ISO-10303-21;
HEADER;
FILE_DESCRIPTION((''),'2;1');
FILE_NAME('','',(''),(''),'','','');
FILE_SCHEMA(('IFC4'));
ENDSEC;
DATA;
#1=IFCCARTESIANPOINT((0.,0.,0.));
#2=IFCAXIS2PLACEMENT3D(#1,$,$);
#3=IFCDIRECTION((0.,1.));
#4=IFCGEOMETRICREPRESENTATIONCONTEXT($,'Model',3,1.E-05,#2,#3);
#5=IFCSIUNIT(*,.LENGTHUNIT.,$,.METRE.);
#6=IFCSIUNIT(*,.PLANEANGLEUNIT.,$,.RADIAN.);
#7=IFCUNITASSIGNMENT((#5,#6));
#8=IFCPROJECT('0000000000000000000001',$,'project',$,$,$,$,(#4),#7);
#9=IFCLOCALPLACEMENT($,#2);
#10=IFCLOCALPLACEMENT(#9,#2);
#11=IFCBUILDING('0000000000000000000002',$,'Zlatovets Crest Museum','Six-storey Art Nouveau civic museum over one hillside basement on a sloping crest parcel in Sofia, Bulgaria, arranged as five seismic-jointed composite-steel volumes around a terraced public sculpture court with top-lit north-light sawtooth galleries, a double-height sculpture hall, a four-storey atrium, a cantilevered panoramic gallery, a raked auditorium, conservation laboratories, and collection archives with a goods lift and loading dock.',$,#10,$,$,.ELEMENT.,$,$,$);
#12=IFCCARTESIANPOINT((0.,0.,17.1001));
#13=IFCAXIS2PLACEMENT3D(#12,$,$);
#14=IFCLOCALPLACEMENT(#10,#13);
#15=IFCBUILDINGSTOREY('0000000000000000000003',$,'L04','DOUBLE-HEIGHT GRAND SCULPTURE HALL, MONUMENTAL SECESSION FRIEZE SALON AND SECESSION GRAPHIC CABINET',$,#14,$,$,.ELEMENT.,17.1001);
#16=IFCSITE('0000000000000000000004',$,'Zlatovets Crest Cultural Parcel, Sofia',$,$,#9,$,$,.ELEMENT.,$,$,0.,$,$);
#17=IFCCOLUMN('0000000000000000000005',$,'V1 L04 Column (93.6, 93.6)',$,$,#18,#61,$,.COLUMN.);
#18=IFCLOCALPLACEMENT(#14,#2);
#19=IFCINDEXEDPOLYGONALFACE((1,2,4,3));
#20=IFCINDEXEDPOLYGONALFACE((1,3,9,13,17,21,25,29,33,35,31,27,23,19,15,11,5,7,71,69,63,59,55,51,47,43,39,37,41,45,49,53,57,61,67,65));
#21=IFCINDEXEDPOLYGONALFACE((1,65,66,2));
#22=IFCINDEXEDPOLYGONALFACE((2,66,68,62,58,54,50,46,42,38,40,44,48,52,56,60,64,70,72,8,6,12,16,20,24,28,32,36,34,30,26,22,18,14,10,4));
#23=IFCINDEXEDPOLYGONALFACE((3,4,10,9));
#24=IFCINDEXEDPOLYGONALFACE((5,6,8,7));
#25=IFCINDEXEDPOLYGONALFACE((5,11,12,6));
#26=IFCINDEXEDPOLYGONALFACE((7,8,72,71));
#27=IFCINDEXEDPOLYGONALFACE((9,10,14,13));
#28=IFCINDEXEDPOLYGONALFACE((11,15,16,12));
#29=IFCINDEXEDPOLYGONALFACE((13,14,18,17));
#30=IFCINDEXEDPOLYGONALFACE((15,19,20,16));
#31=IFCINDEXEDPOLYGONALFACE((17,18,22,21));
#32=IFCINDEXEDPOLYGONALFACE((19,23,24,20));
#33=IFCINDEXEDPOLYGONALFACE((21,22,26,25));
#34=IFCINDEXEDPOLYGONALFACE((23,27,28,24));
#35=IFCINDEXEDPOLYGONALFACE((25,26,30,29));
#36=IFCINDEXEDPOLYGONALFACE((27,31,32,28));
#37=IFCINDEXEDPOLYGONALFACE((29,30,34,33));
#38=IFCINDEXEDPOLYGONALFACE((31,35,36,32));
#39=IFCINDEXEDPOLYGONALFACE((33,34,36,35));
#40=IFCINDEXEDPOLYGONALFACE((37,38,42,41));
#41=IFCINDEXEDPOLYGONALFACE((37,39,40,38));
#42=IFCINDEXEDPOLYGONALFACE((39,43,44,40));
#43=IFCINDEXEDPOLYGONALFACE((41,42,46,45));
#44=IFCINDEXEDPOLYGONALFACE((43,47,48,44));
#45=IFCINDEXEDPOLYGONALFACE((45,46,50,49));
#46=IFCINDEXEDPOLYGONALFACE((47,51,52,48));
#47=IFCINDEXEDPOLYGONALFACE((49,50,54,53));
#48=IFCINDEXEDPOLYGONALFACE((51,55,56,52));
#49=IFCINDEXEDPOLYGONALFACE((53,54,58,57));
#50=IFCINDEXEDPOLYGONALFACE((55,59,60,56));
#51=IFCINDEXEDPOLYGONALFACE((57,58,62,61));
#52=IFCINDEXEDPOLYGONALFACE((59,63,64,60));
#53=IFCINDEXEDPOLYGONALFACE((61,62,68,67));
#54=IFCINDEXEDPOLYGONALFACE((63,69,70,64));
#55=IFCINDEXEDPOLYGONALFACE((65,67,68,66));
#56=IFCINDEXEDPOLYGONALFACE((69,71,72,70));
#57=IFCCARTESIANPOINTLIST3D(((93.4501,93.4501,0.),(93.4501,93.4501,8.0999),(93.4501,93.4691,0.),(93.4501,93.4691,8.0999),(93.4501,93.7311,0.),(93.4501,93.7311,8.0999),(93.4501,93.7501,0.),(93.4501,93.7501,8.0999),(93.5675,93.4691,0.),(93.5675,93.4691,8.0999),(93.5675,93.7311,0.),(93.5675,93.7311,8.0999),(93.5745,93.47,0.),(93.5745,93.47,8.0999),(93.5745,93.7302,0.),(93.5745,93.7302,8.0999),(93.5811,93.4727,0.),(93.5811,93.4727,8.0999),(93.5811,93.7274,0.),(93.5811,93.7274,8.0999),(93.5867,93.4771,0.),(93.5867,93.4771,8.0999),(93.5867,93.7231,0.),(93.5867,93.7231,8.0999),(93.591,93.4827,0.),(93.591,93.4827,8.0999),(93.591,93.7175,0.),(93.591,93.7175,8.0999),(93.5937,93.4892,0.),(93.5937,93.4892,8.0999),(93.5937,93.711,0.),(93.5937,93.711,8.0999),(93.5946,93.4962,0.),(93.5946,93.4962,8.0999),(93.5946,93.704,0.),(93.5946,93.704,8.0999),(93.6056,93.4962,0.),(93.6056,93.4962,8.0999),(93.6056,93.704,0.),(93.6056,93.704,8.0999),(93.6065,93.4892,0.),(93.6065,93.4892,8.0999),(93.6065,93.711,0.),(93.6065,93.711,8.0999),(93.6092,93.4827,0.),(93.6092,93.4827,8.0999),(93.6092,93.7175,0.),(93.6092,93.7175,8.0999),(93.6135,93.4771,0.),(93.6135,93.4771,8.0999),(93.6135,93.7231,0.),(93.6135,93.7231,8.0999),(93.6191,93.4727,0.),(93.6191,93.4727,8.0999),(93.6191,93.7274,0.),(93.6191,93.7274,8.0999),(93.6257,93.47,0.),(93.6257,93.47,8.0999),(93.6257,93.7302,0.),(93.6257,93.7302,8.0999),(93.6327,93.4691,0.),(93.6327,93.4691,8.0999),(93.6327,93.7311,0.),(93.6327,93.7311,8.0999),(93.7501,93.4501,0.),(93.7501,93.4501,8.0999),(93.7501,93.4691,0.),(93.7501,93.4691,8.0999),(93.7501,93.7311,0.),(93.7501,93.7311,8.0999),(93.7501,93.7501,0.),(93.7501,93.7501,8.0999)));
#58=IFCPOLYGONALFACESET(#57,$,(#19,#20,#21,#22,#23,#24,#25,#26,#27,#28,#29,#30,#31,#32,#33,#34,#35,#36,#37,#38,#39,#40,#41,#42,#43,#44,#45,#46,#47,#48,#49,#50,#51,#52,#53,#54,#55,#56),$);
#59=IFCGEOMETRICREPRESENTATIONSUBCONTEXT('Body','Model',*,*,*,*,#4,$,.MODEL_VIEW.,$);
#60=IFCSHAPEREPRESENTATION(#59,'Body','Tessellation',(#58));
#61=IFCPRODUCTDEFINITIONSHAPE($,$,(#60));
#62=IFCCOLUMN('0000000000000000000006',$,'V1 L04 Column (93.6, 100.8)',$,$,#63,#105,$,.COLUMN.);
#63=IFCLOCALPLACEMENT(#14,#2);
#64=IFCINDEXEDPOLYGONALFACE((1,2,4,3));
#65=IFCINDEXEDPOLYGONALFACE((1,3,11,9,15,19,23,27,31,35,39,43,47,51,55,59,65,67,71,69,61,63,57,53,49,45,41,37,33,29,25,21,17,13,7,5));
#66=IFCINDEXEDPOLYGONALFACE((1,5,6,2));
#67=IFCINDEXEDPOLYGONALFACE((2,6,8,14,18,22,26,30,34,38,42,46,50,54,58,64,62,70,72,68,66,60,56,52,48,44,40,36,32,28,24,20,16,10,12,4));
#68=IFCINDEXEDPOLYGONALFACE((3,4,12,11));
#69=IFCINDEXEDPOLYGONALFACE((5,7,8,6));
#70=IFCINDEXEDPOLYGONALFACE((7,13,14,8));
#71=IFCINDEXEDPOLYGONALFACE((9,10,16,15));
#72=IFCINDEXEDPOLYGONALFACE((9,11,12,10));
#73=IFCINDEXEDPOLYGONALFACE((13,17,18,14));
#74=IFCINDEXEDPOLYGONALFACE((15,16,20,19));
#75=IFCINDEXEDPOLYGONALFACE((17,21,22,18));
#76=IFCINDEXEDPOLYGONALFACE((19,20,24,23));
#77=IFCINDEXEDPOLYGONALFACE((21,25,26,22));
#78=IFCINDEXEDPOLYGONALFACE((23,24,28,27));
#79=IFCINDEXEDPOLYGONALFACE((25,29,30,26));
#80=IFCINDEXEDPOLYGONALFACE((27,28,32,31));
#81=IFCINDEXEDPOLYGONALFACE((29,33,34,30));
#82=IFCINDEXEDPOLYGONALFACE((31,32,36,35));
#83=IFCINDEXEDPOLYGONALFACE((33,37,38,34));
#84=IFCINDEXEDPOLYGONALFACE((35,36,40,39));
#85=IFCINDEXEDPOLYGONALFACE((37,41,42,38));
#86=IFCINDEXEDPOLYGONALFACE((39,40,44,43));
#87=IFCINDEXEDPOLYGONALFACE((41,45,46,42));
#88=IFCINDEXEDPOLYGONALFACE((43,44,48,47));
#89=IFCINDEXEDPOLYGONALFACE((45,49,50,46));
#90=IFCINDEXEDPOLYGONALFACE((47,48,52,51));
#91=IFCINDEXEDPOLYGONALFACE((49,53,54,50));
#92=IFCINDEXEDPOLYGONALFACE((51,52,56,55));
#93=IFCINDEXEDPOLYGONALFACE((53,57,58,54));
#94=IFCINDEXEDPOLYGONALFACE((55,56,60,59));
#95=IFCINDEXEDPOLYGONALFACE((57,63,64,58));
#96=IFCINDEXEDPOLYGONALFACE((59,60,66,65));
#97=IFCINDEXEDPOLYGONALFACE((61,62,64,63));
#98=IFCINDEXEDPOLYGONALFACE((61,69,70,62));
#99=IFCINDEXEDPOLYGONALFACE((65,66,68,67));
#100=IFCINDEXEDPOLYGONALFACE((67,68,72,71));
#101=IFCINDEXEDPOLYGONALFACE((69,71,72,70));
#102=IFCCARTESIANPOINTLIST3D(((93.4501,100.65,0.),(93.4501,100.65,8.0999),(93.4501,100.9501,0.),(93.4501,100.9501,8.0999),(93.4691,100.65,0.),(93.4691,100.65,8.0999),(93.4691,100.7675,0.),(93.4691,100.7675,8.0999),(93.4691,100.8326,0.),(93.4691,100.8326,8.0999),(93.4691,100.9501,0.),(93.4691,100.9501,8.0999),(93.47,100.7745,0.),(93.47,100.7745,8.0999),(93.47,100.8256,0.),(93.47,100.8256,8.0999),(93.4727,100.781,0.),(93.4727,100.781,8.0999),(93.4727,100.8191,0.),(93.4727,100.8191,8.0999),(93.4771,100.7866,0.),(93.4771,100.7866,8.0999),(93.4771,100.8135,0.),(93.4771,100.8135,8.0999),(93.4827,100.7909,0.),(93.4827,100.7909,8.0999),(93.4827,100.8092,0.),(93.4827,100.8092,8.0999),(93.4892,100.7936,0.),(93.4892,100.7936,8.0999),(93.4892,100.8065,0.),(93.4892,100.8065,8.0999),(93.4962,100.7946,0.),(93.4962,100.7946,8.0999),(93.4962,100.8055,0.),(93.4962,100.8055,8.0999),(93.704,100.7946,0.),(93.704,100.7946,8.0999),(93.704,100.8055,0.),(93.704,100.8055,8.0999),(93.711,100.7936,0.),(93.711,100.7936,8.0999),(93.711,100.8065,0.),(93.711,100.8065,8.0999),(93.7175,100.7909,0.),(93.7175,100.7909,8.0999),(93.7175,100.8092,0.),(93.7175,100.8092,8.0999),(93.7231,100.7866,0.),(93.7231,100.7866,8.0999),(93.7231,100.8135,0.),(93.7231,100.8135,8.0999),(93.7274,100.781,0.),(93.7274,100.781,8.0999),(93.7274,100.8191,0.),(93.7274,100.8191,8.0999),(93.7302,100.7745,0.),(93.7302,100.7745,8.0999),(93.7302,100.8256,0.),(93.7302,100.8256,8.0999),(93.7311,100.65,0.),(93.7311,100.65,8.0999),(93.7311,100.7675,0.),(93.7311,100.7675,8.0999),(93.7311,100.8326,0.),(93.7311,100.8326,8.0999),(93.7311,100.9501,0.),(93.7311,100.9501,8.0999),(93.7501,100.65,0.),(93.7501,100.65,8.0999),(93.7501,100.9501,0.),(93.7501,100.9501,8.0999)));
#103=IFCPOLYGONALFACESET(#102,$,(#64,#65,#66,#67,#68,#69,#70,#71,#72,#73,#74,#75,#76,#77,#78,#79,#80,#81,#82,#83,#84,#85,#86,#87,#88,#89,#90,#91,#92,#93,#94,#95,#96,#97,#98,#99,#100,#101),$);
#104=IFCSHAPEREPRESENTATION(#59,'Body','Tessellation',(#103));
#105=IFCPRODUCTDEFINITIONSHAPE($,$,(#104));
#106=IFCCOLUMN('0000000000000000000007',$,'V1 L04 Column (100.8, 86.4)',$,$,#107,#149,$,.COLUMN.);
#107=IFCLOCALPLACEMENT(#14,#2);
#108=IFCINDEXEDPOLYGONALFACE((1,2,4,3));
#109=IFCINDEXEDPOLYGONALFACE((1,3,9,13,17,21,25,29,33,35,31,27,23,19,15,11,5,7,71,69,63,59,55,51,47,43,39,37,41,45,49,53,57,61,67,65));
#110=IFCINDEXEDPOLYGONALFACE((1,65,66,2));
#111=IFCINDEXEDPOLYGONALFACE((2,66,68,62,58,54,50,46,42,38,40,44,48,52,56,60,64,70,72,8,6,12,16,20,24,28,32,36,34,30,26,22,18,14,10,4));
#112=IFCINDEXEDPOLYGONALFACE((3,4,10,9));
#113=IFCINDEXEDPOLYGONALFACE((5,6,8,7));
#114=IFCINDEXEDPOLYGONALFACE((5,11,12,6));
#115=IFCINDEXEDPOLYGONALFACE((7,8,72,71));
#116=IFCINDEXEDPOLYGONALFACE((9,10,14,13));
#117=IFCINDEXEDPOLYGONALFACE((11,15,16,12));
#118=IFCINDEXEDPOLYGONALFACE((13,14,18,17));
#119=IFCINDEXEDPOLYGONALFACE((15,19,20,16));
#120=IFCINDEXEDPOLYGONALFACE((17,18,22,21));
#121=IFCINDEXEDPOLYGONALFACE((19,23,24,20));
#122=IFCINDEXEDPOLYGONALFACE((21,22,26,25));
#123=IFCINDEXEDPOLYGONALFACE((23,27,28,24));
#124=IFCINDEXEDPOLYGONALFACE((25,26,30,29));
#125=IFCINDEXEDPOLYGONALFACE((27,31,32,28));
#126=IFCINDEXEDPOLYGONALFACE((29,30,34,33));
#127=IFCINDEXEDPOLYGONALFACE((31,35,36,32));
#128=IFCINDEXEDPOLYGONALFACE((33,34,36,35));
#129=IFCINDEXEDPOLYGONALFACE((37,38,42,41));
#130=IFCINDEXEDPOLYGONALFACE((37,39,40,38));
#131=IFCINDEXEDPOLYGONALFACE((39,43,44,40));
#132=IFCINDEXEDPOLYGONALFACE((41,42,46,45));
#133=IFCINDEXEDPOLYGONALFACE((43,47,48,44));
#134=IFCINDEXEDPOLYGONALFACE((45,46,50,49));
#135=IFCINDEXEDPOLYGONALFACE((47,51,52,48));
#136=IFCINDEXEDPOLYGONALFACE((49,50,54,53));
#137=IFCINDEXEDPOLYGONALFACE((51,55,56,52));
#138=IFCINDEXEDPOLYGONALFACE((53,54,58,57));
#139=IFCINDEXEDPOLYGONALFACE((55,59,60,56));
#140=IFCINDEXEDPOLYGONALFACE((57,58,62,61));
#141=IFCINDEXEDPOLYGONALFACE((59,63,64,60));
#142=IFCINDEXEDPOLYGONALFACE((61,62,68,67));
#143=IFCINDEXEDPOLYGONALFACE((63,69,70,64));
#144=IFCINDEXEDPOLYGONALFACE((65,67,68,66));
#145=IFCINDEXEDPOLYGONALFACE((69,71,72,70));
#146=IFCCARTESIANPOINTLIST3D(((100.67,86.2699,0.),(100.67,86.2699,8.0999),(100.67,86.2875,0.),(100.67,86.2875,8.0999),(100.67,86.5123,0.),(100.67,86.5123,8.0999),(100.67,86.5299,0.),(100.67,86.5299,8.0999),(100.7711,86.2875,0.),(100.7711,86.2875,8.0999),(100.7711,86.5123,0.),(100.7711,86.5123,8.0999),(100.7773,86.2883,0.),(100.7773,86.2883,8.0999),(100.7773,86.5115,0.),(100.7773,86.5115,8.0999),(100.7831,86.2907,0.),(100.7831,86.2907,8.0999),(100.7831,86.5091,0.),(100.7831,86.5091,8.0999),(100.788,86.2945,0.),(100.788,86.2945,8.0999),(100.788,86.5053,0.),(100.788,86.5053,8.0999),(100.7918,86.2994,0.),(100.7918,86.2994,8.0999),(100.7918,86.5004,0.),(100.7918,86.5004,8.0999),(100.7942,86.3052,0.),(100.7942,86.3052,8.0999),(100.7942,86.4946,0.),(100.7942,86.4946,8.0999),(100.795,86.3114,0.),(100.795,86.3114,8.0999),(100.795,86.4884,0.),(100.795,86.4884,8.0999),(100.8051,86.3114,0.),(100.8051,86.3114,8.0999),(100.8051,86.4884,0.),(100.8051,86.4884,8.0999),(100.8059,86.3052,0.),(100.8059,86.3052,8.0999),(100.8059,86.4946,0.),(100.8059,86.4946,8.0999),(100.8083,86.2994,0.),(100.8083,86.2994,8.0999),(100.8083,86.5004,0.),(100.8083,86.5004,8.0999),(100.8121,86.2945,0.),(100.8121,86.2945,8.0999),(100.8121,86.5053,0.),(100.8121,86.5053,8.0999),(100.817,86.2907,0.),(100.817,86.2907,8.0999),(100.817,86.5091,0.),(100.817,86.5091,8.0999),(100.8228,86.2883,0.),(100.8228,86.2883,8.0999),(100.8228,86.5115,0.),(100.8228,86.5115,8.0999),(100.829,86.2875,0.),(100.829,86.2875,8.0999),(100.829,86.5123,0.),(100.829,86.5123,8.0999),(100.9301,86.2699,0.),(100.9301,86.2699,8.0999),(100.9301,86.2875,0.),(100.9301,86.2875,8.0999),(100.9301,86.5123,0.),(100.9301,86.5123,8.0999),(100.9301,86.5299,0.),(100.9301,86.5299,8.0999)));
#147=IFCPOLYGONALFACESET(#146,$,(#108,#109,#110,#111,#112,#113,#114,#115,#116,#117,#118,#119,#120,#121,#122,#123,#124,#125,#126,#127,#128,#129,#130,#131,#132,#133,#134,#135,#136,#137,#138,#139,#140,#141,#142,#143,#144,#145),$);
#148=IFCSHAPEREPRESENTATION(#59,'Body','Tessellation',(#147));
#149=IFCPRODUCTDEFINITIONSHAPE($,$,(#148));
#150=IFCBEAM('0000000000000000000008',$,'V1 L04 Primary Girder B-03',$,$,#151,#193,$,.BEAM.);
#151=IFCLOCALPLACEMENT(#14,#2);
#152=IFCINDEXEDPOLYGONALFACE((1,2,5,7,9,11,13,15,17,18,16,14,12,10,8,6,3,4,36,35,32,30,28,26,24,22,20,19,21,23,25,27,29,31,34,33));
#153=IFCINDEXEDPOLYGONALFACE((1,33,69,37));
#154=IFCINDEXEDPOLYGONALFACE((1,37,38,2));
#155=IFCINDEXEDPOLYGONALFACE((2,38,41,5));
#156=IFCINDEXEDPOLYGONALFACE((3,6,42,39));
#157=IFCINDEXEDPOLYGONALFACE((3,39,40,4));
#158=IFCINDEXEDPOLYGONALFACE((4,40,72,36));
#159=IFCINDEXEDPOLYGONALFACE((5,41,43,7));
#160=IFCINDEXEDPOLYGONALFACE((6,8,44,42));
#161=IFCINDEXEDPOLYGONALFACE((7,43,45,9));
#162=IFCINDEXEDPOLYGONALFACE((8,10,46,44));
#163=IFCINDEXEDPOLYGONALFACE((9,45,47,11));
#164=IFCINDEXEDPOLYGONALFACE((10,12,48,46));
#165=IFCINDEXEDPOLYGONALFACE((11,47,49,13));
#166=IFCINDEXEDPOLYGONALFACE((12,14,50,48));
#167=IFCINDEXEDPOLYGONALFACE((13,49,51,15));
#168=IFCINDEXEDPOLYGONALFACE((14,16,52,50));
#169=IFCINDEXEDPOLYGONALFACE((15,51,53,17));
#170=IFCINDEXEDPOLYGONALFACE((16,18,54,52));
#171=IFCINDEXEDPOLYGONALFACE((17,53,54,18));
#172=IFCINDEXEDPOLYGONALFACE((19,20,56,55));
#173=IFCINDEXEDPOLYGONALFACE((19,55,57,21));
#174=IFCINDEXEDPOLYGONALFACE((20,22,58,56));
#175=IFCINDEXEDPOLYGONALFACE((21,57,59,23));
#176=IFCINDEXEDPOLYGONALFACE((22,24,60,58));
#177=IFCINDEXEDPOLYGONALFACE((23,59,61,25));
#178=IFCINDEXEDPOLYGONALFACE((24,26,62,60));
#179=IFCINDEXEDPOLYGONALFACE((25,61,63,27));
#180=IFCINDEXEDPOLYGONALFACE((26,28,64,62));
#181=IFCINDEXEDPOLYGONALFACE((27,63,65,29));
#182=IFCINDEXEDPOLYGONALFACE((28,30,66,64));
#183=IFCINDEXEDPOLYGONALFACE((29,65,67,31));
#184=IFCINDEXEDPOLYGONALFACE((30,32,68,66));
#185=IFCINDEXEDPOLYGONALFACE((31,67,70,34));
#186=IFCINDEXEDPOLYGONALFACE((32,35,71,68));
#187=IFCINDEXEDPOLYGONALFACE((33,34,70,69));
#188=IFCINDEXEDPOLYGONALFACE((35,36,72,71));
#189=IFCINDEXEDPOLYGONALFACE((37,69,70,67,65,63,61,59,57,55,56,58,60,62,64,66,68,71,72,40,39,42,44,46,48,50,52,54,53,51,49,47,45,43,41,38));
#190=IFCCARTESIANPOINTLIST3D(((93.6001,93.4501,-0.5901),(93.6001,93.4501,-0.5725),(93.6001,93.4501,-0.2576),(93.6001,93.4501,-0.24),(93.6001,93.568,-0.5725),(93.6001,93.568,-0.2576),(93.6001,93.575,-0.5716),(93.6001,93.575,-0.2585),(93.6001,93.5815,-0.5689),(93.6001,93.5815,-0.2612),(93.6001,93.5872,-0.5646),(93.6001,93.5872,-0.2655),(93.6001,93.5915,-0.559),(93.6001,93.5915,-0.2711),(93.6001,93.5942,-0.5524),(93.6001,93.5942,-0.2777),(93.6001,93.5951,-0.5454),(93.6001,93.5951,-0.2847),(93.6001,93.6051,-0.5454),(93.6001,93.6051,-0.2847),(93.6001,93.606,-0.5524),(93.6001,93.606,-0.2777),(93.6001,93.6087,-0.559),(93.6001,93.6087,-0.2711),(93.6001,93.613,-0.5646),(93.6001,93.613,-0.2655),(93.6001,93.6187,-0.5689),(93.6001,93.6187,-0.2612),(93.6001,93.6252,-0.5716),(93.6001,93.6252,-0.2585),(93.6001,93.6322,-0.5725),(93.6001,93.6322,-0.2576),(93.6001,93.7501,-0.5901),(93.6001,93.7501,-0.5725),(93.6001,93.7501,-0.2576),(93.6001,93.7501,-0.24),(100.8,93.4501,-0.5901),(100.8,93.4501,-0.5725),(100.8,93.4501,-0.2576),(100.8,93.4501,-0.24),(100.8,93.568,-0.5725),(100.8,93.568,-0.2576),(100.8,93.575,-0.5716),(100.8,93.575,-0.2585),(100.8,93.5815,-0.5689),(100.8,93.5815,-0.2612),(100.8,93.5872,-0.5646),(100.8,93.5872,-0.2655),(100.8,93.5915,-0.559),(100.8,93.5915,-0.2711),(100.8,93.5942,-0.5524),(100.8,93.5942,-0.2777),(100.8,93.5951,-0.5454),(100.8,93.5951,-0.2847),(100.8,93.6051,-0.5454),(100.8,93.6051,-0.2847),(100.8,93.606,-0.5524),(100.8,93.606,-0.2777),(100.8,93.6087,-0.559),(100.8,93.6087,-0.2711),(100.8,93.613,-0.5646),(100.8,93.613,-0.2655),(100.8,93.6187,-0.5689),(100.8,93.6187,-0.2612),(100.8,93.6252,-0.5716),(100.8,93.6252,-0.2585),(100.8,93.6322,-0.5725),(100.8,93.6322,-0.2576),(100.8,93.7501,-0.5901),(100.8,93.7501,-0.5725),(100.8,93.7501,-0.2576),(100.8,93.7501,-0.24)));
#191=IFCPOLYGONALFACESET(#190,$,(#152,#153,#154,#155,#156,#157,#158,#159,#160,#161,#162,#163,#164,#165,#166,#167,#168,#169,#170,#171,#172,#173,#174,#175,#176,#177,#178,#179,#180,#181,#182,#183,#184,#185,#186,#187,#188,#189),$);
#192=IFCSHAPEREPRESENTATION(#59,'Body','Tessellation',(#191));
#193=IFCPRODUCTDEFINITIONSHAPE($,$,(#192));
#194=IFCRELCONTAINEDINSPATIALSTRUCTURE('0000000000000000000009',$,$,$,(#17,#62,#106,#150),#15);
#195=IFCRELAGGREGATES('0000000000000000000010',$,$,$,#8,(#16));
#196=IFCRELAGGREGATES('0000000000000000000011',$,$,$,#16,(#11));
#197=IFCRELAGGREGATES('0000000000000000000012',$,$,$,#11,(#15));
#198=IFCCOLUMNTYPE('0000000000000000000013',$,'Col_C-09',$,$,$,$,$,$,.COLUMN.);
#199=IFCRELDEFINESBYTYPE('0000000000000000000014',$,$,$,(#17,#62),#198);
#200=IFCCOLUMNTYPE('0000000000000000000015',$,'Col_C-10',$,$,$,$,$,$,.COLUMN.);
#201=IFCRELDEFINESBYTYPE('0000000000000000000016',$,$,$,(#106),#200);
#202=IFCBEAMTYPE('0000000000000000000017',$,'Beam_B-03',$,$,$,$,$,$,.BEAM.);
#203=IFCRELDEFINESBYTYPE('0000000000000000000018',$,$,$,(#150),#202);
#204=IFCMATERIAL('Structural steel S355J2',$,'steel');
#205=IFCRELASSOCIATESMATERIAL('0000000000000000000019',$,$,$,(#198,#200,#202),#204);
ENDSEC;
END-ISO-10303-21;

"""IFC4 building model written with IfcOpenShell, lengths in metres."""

from ifc_helpers import new_model, si_unit, direction, frame, origin, origin_2d, place, context, subcontext, project, spatial, i_section, extrude, material, material_profile, profile_set, type_object, element, save


model = new_model("IFC4")

# Units and contexts
model_context = context("Model", 3, precision=1e-05, world=origin(), true_north=direction((0.0, 1.0)))
body_context = subcontext(model_context, "Body", "Model", "MODEL_VIEW")
ifc_project = project(units=[si_unit("LENGTHUNIT", "METRE"), si_unit("PLANEANGLEUNIT", "RADIAN")], contexts=[model_context])

# Site, building, storey
site_placement = place(None, origin())
site = spatial("IfcSite", under=ifc_project, at=site_placement, Name="Zlatovets Crest Cultural Parcel, Sofia", CompositionType="ELEMENT", RefElevation=0.0)
building_placement = place(site_placement, origin())
building = spatial("IfcBuilding", under=site, at=building_placement, Name="Zlatovets Crest Museum", Description="Six-storey Art Nouveau civic museum over one hillside basement on a sloping crest parcel in Sofia, Bulgaria, arranged as five seismic-jointed composite-steel volumes around a terraced public sculpture court with top-lit north-light sawtooth galleries, a double-height sculpture hall, a four-storey atrium, a cantilevered panoramic gallery, a raked auditorium, conservation laboratories, and collection archives with a goods lift and loading dock.", CompositionType="ELEMENT")
storey_placement = place(building_placement, frame((0.0, 0.0, 17.1001)))
storey = spatial("IfcBuildingStorey", under=building, at=storey_placement, Name="L04", Description="DOUBLE-HEIGHT GRAND SCULPTURE HALL, MONUMENTAL SECESSION FRIEZE SALON AND SECESSION GRAPHIC CABINET", CompositionType="ELEMENT", Elevation=17.1001)

# Columns
ifc_material_1 = material(Name="Structural steel S355J2", Category="steel")
ifc_material_profile_1 = material_profile(ifc_material_1, i_section(OverallWidth=0.3, OverallDepth=0.3, WebThickness=0.011, FlangeThickness=0.019, FilletRadius=0.0271, at=origin_2d()), Name="HEB 300")
ifc_profile_set_1 = profile_set([ifc_material_profile_1], Name="Structural steel S355J2")
column_type_1 = type_object("IfcColumnType", Name="Col_C-09", PredefinedType="COLUMN", material=ifc_profile_set_1)
for number, where, z_axis, x_axis, name in (
    (1, (93.6001, 93.6001, 0.0), (0.0, 0.0, 1.0), (1.0, 0.0, 0.0), "V1 L04 Column (93.6, 93.6)"),
    (2, (93.6001, 100.8, 0.0), (0.0, 0.0, 1.0), (0.0, 1.0, 0.0), "V1 L04 Column (93.6, 100.8)"),
):
    element("IfcColumn", number, at=place(storey_placement, frame(where, z_axis=z_axis, x_axis=x_axis)), inside=storey, type_object=column_type_1, Name=name, PredefinedType="COLUMN", context=body_context, shape_type="SweptSolid", body=[
        extrude(i_section(OverallWidth=0.3, OverallDepth=0.3, WebThickness=0.011, FlangeThickness=0.019, FilletRadius=0.0271, at=origin_2d()), origin(), (0.0, 0.0, 1.0), 8.0999),
    ])
ifc_material_profile_2 = material_profile(ifc_material_1, i_section(OverallWidth=0.26, OverallDepth=0.26, WebThickness=0.01, FlangeThickness=0.0176, FilletRadius=0.0239, at=origin_2d()), Name="HEB 260")
ifc_profile_set_2 = profile_set([ifc_material_profile_2], Name="Structural steel S355J2")
column_type_2 = type_object("IfcColumnType", Name="Col_C-10", PredefinedType="COLUMN", material=ifc_profile_set_2)
column_placement = place(storey_placement, frame((100.8, 86.3999, 0.0), z_axis=(0.0, 0.0, 1.0), x_axis=(1.0, 0.0, 0.0)))
element("IfcColumn", 3, at=column_placement, inside=storey, type_object=column_type_2, Name="V1 L04 Column (100.8, 86.4)", PredefinedType="COLUMN", context=body_context, shape_type="SweptSolid", body=[
    extrude(i_section(OverallWidth=0.26, OverallDepth=0.26, WebThickness=0.01, FlangeThickness=0.0176, FilletRadius=0.0239, at=origin_2d()), origin(), (0.0, 0.0, 1.0), 8.0999),
])

# Beam
ifc_material_profile_3 = material_profile(ifc_material_1, i_section(OverallWidth=0.3, OverallDepth=0.3501, WebThickness=0.01, FlangeThickness=0.0176, FilletRadius=0.0271, at=origin_2d()), Name="HEA 360")
ifc_profile_set_3 = profile_set([ifc_material_profile_3], Name="Structural steel S355J2")
beam_type_1 = type_object("IfcBeamType", Name="Beam_B-03", PredefinedType="BEAM", material=ifc_profile_set_3)
for number, where, z_axis, x_axis, name in (
    (4, (93.6001, 93.6001, -0.415), (1.0, 0.0, 0.0), (0.0, 1.0, 0.0), "V1 L04 Primary Girder B-03"),
):
    element("IfcBeam", number, at=place(storey_placement, frame(where, z_axis=z_axis, x_axis=x_axis)), inside=storey, type_object=beam_type_1, Name=name, PredefinedType="BEAM", context=body_context, shape_type="SweptSolid", body=[
        extrude(i_section(OverallWidth=0.3, OverallDepth=0.3501, WebThickness=0.01, FlangeThickness=0.0176, FilletRadius=0.0271, at=origin_2d()), origin(), (0.0, 0.0, 1.0), 7.2),
    ])

save(model, "model.ifc")
